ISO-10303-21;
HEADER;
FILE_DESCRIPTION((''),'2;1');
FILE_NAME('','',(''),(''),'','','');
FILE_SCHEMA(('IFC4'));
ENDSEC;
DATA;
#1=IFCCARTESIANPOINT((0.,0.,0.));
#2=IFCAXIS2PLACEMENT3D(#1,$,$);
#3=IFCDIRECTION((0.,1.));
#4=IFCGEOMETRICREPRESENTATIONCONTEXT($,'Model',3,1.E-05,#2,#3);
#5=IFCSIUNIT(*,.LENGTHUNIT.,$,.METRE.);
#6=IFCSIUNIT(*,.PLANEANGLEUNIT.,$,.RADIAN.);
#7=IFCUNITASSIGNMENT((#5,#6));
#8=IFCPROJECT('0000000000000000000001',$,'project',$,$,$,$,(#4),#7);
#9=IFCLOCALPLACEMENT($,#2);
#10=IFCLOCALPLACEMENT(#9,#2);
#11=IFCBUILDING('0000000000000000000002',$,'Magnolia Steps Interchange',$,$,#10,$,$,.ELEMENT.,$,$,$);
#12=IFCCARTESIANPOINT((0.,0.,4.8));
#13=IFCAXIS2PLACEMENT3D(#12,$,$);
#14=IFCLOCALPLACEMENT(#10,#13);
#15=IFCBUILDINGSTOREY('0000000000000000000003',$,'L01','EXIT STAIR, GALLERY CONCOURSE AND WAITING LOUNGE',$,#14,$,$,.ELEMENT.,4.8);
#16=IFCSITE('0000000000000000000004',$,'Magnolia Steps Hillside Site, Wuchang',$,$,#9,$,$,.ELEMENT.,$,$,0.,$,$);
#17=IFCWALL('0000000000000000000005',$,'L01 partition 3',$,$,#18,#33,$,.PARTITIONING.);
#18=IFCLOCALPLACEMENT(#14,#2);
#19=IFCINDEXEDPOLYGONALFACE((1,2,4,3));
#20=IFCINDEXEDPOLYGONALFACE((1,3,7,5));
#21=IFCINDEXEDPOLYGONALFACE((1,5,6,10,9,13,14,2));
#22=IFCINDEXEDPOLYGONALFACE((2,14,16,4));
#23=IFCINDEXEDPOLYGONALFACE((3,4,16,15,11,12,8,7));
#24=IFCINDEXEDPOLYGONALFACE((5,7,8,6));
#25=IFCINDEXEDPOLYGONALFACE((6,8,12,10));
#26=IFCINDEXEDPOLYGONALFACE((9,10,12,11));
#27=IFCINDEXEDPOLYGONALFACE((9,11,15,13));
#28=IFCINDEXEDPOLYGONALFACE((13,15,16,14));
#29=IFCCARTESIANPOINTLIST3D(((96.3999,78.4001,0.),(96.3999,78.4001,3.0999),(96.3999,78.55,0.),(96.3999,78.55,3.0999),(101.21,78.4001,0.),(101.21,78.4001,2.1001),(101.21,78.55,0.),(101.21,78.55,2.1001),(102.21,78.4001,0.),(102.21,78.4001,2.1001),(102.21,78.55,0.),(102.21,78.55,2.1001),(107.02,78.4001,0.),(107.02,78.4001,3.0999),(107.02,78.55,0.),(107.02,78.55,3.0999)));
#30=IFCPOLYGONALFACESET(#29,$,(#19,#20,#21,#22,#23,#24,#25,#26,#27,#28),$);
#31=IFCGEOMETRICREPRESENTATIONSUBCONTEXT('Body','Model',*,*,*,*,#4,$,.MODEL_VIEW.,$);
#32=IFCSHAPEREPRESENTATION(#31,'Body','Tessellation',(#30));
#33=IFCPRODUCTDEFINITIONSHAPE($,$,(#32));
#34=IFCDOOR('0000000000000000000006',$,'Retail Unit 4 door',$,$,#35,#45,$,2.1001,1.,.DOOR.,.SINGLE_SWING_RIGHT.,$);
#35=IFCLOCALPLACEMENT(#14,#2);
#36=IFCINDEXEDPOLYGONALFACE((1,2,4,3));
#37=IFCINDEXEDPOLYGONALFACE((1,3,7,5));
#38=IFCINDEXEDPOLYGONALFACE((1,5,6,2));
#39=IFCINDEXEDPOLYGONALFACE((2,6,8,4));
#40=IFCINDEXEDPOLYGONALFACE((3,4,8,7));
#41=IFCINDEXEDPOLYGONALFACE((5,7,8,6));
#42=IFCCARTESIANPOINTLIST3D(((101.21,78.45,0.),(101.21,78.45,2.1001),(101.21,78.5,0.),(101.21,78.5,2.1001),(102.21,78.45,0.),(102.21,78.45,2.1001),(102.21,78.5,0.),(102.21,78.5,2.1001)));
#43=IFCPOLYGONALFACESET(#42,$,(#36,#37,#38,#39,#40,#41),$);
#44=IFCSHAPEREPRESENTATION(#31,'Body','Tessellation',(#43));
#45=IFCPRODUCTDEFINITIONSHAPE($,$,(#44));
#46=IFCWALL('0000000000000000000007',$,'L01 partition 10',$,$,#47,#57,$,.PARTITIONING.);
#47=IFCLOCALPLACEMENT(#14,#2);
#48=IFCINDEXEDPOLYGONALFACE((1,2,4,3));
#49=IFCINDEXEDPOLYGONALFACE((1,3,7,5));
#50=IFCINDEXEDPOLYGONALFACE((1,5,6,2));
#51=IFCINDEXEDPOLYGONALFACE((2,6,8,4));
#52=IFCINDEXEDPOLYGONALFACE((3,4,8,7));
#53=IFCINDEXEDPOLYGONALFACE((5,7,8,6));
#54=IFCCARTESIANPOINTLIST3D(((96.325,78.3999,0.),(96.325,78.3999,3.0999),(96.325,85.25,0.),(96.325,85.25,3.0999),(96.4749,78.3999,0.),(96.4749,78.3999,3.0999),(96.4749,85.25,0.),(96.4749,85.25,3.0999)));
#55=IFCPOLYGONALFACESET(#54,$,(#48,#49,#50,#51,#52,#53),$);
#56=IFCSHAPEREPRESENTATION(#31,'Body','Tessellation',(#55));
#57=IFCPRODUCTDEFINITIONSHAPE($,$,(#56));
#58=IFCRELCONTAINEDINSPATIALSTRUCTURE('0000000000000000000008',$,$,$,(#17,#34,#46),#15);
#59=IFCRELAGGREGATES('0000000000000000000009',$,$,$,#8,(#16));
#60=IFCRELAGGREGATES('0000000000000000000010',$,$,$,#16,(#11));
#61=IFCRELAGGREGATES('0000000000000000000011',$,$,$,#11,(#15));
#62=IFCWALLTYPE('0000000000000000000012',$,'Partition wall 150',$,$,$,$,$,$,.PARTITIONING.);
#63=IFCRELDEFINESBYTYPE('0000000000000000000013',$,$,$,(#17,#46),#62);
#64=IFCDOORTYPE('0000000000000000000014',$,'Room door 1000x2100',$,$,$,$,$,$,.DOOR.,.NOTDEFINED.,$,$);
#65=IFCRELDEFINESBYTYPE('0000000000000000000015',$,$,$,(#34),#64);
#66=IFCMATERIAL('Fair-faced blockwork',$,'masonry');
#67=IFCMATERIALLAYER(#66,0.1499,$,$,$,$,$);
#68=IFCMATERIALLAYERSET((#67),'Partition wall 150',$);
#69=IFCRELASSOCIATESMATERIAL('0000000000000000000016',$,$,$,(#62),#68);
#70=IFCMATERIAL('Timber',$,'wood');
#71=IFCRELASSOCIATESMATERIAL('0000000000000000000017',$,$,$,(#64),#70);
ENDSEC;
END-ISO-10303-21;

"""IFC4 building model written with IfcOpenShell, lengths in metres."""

from ifc_helpers import new_model, si_unit, direction, frame, frame_2d, origin, place, context, subcontext, project, spatial, rectangle, extrude, material, layer, layer_set, type_object, element, fill, save


model = new_model("IFC4")

# Units and contexts
model_context = context("Model", 3, precision=1e-05, world=origin(), true_north=direction((0.0, 1.0)))
body_context = subcontext(model_context, "Body", "Model", "MODEL_VIEW")
ifc_project = project(units=[si_unit("LENGTHUNIT", "METRE"), si_unit("PLANEANGLEUNIT", "RADIAN")], contexts=[model_context])

# Site, building, storey
site_placement = place(None, origin())
site = spatial("IfcSite", under=ifc_project, at=site_placement, Name="Magnolia Steps Hillside Site, Wuchang", CompositionType="ELEMENT", RefElevation=0.0)
building_placement = place(site_placement, origin())
building = spatial("IfcBuilding", under=site, at=building_placement, Name="Magnolia Steps Interchange", CompositionType="ELEMENT")
storey_placement = place(building_placement, frame((0.0, 0.0, 4.8)))
storey = spatial("IfcBuildingStorey", under=building, at=storey_placement, Name="L01", Description="EXIT STAIR, GALLERY CONCOURSE AND WAITING LOUNGE", CompositionType="ELEMENT", Elevation=4.8)

# Wall, opening, door
ifc_material_1 = material(Name="Fair-faced blockwork", Category="masonry")
ifc_layer_1 = layer(ifc_material_1, 0.1499)
ifc_layer_set_1 = layer_set([ifc_layer_1], Name="Partition wall 150")
wall_type_1 = type_object("IfcWallType", Name="Partition wall 150", PredefinedType="PARTITIONING", material=ifc_layer_set_1)
wall_1_placement = place(storey_placement, frame((96.3999, 78.4751, 0.0), z_axis=(0.0, 0.0, 1.0), x_axis=(1.0, 0.0, 0.0)))
wall_1 = element("IfcWall", 1, at=wall_1_placement, inside=storey, type_object=wall_type_1, Name="L01 partition 3", PredefinedType="PARTITIONING", context=body_context, shape_type="SweptSolid", body=[
    extrude(rectangle(XDim=10.6201, YDim=0.1499, at=frame_2d((5.3101, 0.0))), origin(), (0.0, 0.0, 1.0), 3.0999),
])
opening_1_placement = place(wall_1_placement, frame((4.8101, 0.0, 0.0)))
opening_1 = element("IfcOpeningElement", 2, at=opening_1_placement, cuts=wall_1, PredefinedType="OPENING", context=body_context, shape_type="SweptSolid", body=[
    extrude(rectangle(XDim=1.0, YDim=2.1001, at=frame_2d((0.5, 1.05))), frame((0.0, 0.085, 0.0), z_axis=(0.0, -1.0, 0.0), x_axis=(1.0, 0.0, 0.0)), (0.0, 0.0, 1.0), 0.1699),
])
ifc_material_2 = material(Name="Timber", Category="wood")
door_type_1 = type_object("IfcDoorType", Name="Room door 1000x2100", OperationType="NOTDEFINED", PredefinedType="DOOR", material=ifc_material_2)
door_1_placement = place(opening_1_placement, origin())
door_1 = element("IfcDoor", 3, at=door_1_placement, inside=storey, type_object=door_type_1, Name="Retail Unit 4 door", OperationType="SINGLE_SWING_RIGHT", OverallHeight=2.1001, OverallWidth=1.0, PredefinedType="DOOR", context=body_context, shape_type="SweptSolid", body=[
    extrude(rectangle(XDim=1.0, YDim=2.1001, at=frame_2d((0.5, 1.05))), frame((0.0, 0.0249, 0.0), z_axis=(0.0, -1.0, 0.0), x_axis=(1.0, 0.0, 0.0)), (0.0, 0.0, 1.0), 0.05),
])
fill(opening_1, door_1)

# Wall
wall_2_placement = place(storey_placement, frame((96.3999, 78.3999, 0.0), z_axis=(0.0, 0.0, 1.0), x_axis=(0.0, 1.0, 0.0)))
element("IfcWall", 4, at=wall_2_placement, inside=storey, type_object=wall_type_1, Name="L01 partition 10", PredefinedType="PARTITIONING", context=body_context, shape_type="SweptSolid", body=[
    extrude(rectangle(XDim=6.8501, YDim=0.1499, at=frame_2d((3.425, 0.0))), origin(), (0.0, 0.0, 1.0), 3.0999),
])

save(model, "model.ifc")
